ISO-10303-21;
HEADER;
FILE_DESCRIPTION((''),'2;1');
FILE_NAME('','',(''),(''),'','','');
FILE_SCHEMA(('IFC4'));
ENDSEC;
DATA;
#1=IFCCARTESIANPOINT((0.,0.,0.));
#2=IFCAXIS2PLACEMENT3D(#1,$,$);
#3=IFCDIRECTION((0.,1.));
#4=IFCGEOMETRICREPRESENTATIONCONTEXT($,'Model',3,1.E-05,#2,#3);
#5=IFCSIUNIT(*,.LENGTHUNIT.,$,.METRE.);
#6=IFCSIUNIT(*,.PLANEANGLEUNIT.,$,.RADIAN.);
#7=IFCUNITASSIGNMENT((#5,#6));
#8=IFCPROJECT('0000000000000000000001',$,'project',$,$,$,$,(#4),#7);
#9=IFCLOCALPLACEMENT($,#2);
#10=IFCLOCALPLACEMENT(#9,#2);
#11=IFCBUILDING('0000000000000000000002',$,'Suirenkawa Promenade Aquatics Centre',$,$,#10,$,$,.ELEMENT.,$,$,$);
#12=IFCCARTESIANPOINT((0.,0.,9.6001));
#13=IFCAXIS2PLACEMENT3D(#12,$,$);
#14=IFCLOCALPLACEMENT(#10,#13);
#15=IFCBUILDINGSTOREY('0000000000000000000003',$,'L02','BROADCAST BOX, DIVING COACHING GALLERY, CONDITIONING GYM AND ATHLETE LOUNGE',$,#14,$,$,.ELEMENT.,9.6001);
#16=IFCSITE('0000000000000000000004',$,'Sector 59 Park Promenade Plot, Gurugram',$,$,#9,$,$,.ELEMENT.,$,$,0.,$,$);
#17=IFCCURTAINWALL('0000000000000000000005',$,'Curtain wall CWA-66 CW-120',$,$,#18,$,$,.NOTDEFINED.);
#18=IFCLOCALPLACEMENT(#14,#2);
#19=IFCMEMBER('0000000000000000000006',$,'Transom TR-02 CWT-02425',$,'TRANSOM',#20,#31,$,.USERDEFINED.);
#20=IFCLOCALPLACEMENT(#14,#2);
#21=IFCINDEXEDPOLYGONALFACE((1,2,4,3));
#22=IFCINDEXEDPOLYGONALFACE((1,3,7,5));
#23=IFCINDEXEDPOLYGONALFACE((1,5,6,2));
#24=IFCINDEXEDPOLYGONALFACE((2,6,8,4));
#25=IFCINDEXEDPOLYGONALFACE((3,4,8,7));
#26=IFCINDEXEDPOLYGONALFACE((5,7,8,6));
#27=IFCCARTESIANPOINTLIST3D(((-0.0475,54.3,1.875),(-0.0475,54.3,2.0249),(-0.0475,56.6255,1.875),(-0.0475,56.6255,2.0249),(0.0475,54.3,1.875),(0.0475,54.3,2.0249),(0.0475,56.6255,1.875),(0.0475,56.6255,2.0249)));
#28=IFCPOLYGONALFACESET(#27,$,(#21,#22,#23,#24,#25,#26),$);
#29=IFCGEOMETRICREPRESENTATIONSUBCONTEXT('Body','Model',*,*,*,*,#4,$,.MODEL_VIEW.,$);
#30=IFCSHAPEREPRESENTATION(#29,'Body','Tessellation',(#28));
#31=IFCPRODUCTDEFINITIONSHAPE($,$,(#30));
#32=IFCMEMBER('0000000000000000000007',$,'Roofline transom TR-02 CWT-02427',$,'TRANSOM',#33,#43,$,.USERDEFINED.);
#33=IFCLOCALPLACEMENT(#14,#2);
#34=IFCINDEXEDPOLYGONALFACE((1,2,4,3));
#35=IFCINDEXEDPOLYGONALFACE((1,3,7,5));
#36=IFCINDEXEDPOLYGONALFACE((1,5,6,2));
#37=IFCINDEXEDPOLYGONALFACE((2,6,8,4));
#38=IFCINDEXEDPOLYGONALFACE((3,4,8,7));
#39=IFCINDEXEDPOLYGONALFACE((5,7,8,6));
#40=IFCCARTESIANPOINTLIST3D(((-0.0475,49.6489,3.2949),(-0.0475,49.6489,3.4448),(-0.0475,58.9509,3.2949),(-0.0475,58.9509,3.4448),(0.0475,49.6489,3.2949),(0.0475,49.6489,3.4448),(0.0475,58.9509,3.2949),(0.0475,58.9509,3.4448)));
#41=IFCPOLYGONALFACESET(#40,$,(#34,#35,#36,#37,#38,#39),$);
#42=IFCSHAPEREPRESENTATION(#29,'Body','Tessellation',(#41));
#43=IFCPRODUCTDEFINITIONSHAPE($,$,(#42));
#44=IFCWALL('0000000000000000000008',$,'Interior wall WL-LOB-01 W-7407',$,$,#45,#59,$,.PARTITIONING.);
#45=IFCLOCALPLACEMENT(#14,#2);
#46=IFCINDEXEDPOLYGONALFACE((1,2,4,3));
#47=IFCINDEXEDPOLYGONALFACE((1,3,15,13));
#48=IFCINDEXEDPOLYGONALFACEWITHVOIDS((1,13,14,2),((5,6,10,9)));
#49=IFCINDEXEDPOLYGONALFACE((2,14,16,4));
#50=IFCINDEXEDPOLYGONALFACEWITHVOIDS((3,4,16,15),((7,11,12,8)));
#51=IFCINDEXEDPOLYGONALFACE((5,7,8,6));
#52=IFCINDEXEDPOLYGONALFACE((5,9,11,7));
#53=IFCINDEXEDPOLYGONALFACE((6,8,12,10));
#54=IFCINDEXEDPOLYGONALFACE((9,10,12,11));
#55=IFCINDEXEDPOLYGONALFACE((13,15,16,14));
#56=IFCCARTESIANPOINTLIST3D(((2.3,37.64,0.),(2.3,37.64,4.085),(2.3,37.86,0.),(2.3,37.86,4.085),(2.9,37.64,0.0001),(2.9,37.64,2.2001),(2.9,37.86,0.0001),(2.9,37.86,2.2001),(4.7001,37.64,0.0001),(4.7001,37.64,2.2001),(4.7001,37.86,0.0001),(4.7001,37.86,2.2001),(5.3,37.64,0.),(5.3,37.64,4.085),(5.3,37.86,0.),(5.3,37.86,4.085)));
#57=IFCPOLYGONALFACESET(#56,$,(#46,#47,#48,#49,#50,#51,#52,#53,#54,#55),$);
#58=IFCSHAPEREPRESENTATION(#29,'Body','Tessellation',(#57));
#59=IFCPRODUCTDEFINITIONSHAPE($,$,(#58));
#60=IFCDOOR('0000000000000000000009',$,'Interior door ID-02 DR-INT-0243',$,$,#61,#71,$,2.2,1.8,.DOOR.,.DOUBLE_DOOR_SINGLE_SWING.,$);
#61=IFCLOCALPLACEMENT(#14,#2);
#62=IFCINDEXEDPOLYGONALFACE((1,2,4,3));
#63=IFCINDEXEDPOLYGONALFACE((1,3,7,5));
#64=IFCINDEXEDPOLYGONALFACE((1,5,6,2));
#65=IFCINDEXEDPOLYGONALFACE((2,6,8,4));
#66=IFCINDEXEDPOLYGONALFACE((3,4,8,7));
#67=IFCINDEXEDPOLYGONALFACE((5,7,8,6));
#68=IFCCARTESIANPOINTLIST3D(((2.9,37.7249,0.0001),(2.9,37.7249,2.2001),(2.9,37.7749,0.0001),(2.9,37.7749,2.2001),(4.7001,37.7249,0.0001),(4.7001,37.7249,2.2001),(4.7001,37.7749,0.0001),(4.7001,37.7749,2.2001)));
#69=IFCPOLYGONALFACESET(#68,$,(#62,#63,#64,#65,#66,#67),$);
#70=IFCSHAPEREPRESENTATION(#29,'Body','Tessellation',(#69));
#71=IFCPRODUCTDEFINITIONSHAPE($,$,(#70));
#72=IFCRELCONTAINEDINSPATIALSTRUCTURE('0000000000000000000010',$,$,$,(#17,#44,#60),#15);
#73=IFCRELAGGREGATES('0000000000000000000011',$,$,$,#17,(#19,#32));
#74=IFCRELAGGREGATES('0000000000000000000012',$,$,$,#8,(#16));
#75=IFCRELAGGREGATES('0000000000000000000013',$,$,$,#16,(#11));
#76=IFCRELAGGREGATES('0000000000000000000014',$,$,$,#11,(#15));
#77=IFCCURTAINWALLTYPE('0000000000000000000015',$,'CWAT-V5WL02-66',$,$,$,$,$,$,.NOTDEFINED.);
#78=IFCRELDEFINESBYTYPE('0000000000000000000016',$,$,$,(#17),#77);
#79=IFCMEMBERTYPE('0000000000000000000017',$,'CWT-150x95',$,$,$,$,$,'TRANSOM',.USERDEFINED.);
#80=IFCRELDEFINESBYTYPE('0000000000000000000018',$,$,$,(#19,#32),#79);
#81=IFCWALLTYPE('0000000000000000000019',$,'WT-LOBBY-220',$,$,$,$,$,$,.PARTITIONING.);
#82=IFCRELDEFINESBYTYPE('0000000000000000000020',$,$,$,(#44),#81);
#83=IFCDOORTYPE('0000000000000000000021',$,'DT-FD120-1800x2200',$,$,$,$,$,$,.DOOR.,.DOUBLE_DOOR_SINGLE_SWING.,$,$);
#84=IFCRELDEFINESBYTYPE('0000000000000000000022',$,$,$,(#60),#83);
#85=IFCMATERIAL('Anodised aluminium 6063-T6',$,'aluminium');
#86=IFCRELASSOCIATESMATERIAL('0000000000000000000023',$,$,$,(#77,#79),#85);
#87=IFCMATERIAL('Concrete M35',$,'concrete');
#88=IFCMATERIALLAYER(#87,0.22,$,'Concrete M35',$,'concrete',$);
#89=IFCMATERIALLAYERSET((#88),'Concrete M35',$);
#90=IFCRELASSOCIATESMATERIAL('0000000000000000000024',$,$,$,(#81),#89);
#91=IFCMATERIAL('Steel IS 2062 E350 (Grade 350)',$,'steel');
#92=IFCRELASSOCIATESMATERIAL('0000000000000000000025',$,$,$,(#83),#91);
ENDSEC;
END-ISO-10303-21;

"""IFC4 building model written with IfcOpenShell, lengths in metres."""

from ifc_helpers import new_model, si_unit, direction, frame, frame_2d, origin, origin_2d, place, context, subcontext, project, spatial, rectangle, extrude, material, layer, layer_set, material_profile, profile_set, type_object, element, fill, aggregate, save


model = new_model("IFC4")

# Units and contexts
model_context = context("Model", 3, precision=1e-05, world=origin(), true_north=direction((0.0, 1.0)))
body_context = subcontext(model_context, "Body", "Model", "MODEL_VIEW")
ifc_project = project(units=[si_unit("LENGTHUNIT", "METRE"), si_unit("PLANEANGLEUNIT", "RADIAN")], contexts=[model_context])

# Site, building, storey
site_placement = place(None, origin())
site = spatial("IfcSite", under=ifc_project, at=site_placement, Name="Sector 59 Park Promenade Plot, Gurugram", CompositionType="ELEMENT", RefElevation=0.0)
building_placement = place(site_placement, origin())
building = spatial("IfcBuilding", under=site, at=building_placement, Name="Suirenkawa Promenade Aquatics Centre", CompositionType="ELEMENT")
storey_placement = place(building_placement, frame((0.0, 0.0, 9.6001)))
storey = spatial("IfcBuildingStorey", under=building, at=storey_placement, Name="L02", Description="BROADCAST BOX, DIVING COACHING GALLERY, CONDITIONING GYM AND ATHLETE LOUNGE", CompositionType="ELEMENT", Elevation=9.6001)

# Shared definitions
ifc_material_1 = material(Name="Steel IS 2062 E350 (Grade 350)", Category="steel")
ifc_material_2 = material(Name="Concrete M35", Category="concrete")

# Curtain wall, members
ifc_material_3 = material(Name="Anodised aluminium 6063-T6", Category="aluminium")
curtain_wall_type = type_object("IfcCurtainWallType", Name="CWAT-V5WL02-66", PredefinedType="NOTDEFINED", material=ifc_material_3)
curtain_wall_placement = place(storey_placement, origin())
curtain_wall = element("IfcCurtainWall", 1, at=curtain_wall_placement, inside=storey, type_object=curtain_wall_type, Name="Curtain wall CWA-66 CW-120", PredefinedType="NOTDEFINED")
ifc_material_profile_1 = material_profile(ifc_material_3, rectangle(XDim=0.095, YDim=0.1499, at=origin_2d()), Name="ALU TRAN 95x150", Category="aluminium")
ifc_profile_set_1 = profile_set([ifc_material_profile_1], Name="Anodised aluminium 6063-T6")
member_type_1 = type_object("IfcMemberType", Name="CWT-150x95", ElementType="TRANSOM", PredefinedType="USERDEFINED", material=ifc_profile_set_1)
member_1_placement = place(storey_placement, frame((0.0, 54.3, 1.95), z_axis=(0.0, 1.0, 0.0), x_axis=(-1.0, 0.0, 0.0)))
member_1 = element("IfcMember", 2, at=member_1_placement, type_object=member_type_1, Name="Transom TR-02 CWT-02425", ObjectType="TRANSOM", PredefinedType="USERDEFINED", context=body_context, shape_type="SweptSolid", body=[
    extrude(rectangle(XDim=0.095, YDim=0.1499, at=origin_2d()), origin(), (0.0, 0.0, 1.0), 2.3254),
])
member_2_placement = place(storey_placement, frame((0.0, 49.6489, 3.3699), z_axis=(0.0, 1.0, 0.0), x_axis=(-1.0, 0.0, 0.0)))
member_2 = element("IfcMember", 3, at=member_2_placement, type_object=member_type_1, Name="Roofline transom TR-02 CWT-02427", ObjectType="TRANSOM", PredefinedType="USERDEFINED", context=body_context, shape_type="SweptSolid", body=[
    extrude(rectangle(XDim=0.095, YDim=0.1499, at=origin_2d()), origin(), (0.0, 0.0, 1.0), 9.302),
])
aggregate(curtain_wall, [member_1, member_2])

# Wall, opening, door
ifc_layer_1 = layer(ifc_material_2, 0.22, Name="Concrete M35", Category="concrete")
ifc_layer_set_1 = layer_set([ifc_layer_1], Name="Concrete M35")
wall_type = type_object("IfcWallType", Name="WT-LOBBY-220", PredefinedType="PARTITIONING", material=ifc_layer_set_1)
wall_placement = place(storey_placement, frame((2.3, 37.75, 0.0), z_axis=(0.0, 0.0, 1.0), x_axis=(1.0, 0.0, 0.0)))
wall = element("IfcWall", 4, at=wall_placement, inside=storey, type_object=wall_type, Name="Interior wall WL-LOB-01 W-7407", PredefinedType="PARTITIONING", context=body_context, shape_type="SweptSolid", body=[
    extrude(rectangle(XDim=3.0, YDim=0.22, at=frame_2d((1.5, 0.0))), origin(), (0.0, 0.0, 1.0), 4.085),
])
opening_placement = place(wall_placement, frame((0.6001, 0.0, 0.0)))
opening = element("IfcOpeningElement", 5, at=opening_placement, cuts=wall, PredefinedType="OPENING", context=body_context, shape_type="SweptSolid", body=[
    extrude(rectangle(XDim=1.8, YDim=2.2, at=frame_2d((0.8999, 1.1001))), frame((0.0, 0.1199, 0.0), z_axis=(0.0, -1.0, 0.0), x_axis=(1.0, 0.0, 0.0)), (0.0, 0.0, 1.0), 0.24),
])
door_type = type_object("IfcDoorType", Name="DT-FD120-1800x2200", OperationType="DOUBLE_DOOR_SINGLE_SWING", PredefinedType="DOOR", material=ifc_material_1)
door_placement = place(opening_placement, origin())
door = element("IfcDoor", 6, at=door_placement, inside=storey, type_object=door_type, Name="Interior door ID-02 DR-INT-0243", OperationType="DOUBLE_DOOR_SINGLE_SWING", OverallHeight=2.2, OverallWidth=1.8, PredefinedType="DOOR", context=body_context, shape_type="SweptSolid", body=[
    extrude(rectangle(XDim=1.8, YDim=2.2, at=frame_2d((0.8999, 1.1001))), frame((0.0, 0.0249, 0.0), z_axis=(0.0, -1.0, 0.0), x_axis=(1.0, 0.0, 0.0)), (0.0, 0.0, 1.0), 0.05),
])
fill(opening, door)

save(model, "model.ifc")
